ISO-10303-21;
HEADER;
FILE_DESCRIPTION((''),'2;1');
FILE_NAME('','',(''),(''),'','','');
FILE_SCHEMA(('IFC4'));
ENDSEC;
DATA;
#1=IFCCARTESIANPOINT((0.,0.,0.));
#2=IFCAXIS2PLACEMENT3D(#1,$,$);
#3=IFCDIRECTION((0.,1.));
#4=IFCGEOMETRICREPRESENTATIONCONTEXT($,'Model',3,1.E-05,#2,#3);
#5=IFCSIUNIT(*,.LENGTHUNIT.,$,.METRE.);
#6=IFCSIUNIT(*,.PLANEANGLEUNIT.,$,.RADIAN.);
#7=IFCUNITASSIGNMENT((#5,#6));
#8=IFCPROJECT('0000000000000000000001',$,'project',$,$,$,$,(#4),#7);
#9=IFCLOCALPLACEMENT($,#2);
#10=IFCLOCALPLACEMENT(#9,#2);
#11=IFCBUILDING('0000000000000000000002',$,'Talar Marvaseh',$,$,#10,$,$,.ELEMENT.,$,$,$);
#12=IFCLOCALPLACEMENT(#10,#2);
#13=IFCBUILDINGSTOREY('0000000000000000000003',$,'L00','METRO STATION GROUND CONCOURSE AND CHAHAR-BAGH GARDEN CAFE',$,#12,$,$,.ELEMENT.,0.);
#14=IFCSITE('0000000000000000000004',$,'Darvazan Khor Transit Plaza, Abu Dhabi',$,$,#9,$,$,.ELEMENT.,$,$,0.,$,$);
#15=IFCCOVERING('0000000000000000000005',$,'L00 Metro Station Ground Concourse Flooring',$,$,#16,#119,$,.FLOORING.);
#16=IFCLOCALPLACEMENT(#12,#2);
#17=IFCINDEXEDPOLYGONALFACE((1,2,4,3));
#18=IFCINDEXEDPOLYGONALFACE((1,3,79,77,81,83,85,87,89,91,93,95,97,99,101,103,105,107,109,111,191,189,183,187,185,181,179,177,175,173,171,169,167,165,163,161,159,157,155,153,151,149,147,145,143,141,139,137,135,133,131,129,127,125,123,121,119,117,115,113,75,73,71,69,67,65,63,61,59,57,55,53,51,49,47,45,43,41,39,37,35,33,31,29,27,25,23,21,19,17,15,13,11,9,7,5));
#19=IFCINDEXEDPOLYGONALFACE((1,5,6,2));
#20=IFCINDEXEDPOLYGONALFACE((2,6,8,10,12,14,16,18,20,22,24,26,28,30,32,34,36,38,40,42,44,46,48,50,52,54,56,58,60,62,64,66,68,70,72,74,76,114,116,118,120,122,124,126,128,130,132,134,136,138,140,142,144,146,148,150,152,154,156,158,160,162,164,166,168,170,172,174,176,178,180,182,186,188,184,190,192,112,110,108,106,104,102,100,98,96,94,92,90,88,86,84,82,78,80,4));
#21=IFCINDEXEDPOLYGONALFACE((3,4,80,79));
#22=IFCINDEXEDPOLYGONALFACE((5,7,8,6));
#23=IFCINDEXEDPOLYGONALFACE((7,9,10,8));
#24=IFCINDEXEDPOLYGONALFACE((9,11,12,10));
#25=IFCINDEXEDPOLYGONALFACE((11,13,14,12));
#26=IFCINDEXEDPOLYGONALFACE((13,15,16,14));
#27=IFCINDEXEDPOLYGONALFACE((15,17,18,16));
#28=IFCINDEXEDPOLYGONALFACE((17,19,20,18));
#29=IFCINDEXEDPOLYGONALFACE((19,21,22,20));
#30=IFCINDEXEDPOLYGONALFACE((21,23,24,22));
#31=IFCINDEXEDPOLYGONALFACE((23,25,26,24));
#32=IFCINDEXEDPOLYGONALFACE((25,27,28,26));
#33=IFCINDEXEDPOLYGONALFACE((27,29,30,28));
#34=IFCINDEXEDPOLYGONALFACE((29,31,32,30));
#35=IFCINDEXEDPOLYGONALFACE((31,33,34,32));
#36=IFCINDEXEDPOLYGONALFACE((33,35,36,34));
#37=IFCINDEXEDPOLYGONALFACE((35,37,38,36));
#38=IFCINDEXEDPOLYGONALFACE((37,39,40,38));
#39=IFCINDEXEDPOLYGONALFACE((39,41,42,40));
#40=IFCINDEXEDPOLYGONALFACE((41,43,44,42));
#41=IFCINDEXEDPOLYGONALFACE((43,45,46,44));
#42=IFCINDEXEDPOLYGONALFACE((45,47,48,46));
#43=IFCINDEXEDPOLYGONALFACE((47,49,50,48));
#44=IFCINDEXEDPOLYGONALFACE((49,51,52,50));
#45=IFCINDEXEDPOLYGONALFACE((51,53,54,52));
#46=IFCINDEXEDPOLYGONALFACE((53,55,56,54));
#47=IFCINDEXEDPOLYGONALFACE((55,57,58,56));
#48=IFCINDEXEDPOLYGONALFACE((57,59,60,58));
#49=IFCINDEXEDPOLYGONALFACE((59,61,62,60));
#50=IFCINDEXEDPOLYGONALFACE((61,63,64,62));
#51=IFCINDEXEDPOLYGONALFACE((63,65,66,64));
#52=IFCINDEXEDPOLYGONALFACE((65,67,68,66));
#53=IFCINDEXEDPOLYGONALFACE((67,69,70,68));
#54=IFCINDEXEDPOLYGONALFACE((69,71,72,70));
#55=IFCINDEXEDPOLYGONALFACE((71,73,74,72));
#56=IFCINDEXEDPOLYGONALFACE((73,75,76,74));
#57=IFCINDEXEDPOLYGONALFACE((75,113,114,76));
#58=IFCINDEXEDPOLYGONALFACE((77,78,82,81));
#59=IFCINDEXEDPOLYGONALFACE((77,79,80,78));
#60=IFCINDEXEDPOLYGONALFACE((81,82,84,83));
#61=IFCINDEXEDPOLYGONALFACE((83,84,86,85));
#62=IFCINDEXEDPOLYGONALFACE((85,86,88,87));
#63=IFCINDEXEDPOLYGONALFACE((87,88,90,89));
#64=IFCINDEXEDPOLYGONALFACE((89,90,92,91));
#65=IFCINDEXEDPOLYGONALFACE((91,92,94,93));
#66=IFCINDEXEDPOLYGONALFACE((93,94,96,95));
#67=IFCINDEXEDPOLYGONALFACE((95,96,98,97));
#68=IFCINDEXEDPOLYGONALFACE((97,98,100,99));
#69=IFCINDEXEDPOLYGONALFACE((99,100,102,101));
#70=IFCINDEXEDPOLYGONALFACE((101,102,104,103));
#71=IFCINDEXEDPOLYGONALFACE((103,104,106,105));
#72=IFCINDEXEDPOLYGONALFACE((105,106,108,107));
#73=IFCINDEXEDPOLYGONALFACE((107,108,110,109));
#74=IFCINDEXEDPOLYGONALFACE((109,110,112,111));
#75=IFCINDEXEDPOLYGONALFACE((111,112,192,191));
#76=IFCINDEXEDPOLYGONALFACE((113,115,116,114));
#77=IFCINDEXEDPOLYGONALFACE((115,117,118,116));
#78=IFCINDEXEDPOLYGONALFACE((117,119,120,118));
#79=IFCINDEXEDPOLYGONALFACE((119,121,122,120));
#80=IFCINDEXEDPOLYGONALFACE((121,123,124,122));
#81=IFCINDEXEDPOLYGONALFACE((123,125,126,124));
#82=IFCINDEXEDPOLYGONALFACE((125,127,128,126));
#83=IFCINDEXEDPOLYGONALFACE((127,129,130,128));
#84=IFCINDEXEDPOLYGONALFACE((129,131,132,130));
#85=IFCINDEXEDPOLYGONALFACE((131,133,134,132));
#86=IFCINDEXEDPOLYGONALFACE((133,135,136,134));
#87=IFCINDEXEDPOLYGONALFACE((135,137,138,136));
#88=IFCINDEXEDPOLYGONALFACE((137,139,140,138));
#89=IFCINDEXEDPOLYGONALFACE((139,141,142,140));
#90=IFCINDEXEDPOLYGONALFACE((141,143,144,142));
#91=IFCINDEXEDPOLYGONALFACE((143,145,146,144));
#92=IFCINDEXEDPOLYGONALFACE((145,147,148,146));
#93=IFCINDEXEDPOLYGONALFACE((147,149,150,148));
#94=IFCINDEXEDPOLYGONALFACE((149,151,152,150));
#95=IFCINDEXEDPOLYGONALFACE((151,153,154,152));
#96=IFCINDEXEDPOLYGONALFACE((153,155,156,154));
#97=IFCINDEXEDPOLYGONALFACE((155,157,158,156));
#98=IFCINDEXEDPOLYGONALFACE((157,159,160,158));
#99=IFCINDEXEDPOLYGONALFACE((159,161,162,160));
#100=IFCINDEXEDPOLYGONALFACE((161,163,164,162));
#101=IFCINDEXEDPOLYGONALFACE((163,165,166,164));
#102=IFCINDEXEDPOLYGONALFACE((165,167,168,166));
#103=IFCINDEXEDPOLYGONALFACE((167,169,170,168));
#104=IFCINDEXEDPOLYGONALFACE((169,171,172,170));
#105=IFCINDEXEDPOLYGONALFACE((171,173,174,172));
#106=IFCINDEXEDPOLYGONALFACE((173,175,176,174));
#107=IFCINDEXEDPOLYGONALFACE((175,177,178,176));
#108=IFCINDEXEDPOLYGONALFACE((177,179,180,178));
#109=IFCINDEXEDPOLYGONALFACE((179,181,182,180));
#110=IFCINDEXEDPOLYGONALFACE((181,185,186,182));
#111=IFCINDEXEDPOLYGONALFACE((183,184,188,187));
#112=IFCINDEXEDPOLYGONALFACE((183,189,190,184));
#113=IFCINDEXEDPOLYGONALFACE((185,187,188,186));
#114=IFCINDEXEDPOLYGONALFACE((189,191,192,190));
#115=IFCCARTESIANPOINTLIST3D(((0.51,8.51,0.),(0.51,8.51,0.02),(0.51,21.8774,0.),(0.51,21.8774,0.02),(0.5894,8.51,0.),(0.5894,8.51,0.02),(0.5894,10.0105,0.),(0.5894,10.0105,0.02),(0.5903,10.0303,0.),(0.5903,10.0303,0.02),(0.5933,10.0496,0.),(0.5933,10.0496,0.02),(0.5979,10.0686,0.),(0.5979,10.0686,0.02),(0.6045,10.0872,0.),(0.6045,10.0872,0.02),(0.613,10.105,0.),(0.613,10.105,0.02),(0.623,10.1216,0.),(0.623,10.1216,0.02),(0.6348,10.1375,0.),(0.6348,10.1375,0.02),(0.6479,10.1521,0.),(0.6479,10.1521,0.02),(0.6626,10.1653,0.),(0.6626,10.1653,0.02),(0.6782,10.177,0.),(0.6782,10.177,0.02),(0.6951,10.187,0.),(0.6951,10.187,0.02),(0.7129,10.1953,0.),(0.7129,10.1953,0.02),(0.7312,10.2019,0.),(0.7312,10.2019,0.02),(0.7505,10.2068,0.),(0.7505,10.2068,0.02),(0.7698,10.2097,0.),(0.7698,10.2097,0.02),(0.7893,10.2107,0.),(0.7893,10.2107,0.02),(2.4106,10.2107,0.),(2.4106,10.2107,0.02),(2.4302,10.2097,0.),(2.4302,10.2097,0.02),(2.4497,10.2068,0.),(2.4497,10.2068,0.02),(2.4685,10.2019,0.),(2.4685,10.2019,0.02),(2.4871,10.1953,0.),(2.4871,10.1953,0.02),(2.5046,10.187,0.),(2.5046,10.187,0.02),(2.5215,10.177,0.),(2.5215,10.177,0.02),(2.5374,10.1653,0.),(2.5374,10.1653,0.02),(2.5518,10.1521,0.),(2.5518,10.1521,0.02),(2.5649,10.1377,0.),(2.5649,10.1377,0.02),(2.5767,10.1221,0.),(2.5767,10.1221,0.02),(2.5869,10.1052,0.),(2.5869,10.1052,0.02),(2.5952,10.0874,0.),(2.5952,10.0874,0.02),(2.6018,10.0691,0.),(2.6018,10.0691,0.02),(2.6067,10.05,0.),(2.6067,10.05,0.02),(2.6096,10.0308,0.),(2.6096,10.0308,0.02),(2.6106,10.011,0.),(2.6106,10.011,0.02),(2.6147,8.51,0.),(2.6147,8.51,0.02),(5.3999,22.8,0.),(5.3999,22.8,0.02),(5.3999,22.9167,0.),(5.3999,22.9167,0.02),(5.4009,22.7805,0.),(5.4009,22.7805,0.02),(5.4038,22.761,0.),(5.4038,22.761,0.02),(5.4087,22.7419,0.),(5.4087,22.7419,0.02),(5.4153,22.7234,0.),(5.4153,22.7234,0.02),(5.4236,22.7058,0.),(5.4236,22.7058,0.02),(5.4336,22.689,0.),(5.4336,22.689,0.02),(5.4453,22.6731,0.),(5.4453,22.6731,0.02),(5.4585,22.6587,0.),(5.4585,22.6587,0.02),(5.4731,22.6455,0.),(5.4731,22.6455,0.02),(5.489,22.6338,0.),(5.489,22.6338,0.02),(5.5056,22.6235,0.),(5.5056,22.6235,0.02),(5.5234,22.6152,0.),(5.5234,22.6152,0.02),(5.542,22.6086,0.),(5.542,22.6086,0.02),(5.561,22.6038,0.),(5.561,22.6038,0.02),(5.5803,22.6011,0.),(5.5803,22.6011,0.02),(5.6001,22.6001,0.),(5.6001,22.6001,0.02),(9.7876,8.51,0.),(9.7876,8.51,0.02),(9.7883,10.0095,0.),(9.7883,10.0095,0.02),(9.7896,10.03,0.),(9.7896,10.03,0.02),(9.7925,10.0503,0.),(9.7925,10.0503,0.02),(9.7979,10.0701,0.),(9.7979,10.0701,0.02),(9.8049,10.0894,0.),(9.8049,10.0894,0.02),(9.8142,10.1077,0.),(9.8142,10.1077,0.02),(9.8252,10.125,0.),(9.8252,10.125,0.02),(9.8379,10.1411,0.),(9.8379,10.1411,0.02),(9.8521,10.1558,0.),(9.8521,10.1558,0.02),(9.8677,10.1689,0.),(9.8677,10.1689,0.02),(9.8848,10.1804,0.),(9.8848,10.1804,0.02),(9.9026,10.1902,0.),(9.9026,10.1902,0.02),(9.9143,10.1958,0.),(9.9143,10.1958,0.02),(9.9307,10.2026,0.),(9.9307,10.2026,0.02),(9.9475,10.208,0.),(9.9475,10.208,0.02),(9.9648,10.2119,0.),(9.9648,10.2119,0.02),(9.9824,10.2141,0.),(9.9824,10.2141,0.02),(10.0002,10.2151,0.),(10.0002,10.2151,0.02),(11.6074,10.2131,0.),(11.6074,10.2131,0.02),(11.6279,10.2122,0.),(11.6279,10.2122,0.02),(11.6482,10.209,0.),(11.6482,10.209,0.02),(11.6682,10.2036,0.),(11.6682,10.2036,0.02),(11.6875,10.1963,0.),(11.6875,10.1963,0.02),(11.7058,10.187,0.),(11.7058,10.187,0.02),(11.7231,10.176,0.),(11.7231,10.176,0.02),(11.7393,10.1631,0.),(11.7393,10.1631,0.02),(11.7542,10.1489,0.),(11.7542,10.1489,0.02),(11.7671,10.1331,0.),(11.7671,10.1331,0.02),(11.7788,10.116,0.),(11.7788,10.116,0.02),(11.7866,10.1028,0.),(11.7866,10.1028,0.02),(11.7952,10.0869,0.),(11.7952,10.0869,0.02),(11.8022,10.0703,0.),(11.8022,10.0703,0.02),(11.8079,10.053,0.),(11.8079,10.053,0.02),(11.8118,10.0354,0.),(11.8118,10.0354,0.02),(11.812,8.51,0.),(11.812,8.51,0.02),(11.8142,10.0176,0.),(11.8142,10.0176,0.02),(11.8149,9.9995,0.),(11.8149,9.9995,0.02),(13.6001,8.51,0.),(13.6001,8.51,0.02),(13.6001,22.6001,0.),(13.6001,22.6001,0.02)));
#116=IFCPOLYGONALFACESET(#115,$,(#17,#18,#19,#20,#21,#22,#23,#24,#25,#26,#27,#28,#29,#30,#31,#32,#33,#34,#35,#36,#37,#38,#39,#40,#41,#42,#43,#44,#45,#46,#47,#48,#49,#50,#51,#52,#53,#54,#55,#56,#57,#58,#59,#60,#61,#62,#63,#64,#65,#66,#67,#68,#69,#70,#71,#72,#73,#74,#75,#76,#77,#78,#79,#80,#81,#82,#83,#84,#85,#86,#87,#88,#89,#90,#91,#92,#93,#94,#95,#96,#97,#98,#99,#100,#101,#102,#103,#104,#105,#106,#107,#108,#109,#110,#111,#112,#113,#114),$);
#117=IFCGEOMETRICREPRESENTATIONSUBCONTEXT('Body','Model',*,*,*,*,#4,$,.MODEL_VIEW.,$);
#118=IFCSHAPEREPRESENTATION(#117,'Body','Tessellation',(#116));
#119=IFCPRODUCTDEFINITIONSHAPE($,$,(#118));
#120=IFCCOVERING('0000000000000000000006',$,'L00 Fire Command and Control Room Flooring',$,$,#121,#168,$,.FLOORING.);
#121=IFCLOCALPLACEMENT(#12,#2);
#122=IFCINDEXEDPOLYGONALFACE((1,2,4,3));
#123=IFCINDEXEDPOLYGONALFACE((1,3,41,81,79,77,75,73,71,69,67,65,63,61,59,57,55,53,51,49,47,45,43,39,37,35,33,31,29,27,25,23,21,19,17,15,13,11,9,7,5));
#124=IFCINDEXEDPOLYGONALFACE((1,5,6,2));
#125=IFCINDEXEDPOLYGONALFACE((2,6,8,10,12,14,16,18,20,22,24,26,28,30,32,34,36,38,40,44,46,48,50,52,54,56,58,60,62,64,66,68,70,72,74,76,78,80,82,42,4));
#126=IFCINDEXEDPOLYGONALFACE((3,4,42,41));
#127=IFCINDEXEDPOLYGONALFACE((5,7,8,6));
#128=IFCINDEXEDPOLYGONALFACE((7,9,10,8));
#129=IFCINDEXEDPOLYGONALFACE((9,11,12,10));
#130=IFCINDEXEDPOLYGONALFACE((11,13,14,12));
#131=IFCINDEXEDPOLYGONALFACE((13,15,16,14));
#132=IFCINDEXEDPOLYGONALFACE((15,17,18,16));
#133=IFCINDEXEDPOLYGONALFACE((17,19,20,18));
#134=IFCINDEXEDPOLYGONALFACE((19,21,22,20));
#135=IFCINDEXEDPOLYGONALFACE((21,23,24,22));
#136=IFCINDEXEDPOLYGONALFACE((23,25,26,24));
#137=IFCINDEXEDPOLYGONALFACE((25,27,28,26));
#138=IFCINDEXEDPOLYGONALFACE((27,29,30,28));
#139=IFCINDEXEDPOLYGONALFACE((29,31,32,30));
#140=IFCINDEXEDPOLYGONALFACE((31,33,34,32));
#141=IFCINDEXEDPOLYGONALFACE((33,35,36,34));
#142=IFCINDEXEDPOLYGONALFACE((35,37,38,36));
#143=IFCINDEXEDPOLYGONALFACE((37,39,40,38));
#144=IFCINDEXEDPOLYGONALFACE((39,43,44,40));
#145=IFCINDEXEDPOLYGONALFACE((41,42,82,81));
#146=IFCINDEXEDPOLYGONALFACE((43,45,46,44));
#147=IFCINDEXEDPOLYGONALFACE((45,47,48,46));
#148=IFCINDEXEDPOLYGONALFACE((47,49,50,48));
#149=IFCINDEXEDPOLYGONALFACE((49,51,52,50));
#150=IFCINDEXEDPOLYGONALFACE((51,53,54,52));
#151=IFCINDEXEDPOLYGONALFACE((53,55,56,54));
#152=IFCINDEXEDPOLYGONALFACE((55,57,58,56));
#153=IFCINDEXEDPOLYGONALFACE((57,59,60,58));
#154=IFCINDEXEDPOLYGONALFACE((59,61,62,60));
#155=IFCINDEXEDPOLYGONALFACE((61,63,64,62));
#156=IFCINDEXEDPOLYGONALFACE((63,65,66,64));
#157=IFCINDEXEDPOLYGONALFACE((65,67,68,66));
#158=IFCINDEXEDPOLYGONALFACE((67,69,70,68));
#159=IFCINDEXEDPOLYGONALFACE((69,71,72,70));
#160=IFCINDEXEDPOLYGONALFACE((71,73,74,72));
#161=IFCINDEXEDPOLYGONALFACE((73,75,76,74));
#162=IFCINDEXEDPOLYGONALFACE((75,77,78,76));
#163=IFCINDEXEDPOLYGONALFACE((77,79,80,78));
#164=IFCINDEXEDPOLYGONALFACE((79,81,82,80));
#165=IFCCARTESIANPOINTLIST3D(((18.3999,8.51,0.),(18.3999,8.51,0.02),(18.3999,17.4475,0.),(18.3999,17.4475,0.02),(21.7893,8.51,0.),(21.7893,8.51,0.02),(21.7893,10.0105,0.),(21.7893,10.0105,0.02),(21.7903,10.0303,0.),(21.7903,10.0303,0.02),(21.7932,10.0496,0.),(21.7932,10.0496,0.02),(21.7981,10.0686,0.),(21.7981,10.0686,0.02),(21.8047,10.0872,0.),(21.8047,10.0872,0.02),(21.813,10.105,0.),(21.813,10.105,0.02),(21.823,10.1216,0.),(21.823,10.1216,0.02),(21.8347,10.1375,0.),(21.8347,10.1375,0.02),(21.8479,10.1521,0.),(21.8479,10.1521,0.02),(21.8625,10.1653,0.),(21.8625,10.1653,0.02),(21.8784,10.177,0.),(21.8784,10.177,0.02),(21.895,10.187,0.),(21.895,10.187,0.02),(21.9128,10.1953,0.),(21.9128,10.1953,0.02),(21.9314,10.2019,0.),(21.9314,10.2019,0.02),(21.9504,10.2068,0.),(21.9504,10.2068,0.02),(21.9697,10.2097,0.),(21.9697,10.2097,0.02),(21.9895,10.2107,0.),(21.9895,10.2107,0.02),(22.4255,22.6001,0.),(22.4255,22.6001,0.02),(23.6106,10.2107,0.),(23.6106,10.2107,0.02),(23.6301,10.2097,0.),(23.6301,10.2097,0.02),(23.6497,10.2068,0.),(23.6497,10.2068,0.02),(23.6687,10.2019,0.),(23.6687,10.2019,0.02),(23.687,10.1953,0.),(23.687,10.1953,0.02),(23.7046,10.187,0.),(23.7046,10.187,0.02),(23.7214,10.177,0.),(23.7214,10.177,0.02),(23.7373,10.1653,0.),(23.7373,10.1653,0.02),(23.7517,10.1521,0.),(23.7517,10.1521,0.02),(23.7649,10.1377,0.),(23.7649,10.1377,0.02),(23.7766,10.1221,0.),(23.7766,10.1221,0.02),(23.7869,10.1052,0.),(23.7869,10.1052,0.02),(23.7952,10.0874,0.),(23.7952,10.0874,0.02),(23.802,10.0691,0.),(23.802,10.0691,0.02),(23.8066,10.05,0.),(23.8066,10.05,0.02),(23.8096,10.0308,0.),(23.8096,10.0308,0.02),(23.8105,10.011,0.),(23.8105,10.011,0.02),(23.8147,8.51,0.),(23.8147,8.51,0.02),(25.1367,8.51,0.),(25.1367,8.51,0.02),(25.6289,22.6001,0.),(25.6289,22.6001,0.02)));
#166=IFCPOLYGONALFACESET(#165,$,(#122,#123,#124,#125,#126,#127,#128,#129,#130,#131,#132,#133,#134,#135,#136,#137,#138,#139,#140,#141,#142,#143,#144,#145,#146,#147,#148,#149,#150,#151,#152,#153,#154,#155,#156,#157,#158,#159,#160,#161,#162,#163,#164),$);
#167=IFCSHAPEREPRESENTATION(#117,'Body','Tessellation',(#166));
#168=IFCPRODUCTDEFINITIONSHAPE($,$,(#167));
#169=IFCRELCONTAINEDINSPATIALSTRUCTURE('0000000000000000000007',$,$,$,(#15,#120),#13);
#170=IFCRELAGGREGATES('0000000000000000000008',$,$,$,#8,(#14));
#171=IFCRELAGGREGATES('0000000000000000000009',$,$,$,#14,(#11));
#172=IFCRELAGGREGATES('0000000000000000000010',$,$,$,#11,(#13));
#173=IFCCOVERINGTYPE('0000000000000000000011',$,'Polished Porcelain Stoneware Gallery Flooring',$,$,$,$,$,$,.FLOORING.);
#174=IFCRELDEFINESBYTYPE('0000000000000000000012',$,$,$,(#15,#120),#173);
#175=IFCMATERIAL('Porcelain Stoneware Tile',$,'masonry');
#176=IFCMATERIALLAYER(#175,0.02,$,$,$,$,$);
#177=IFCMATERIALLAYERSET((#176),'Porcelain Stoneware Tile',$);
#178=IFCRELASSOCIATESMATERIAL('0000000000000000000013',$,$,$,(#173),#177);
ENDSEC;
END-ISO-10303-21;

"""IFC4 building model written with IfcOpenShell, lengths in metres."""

from ifc_helpers import new_model, si_unit, direction, origin, place, context, subcontext, project, spatial, polyline, outline, extrude, material, layer, layer_set, type_object, element, save


model = new_model("IFC4")

# Units and contexts
model_context = context("Model", 3, precision=1e-05, world=origin(), true_north=direction((0.0, 1.0)))
body_context = subcontext(model_context, "Body", "Model", "MODEL_VIEW")
ifc_project = project(units=[si_unit("LENGTHUNIT", "METRE"), si_unit("PLANEANGLEUNIT", "RADIAN")], contexts=[model_context])

# Site, building, storey
site_placement = place(None, origin())
site = spatial("IfcSite", under=ifc_project, at=site_placement, Name="Darvazan Khor Transit Plaza, Abu Dhabi", CompositionType="ELEMENT", RefElevation=0.0)
building_placement = place(site_placement, origin())
building = spatial("IfcBuilding", under=site, at=building_placement, Name="Talar Marvaseh", CompositionType="ELEMENT")
storey_placement = place(building_placement, origin())
storey = spatial("IfcBuildingStorey", under=building, at=storey_placement, Name="L00", Description="METRO STATION GROUND CONCOURSE AND CHAHAR-BAGH GARDEN CAFE", CompositionType="ELEMENT", Elevation=0.0)

# Coverings
ifc_material_1 = material(Name="Porcelain Stoneware Tile", Category="masonry")
ifc_layer_1 = layer(ifc_material_1, 0.02)
ifc_layer_set_1 = layer_set([ifc_layer_1], Name="Porcelain Stoneware Tile")
covering_type_1 = type_object("IfcCoveringType", Name="Polished Porcelain Stoneware Gallery Flooring", PredefinedType="FLOORING", material=ifc_layer_set_1)
covering_1_placement = place(storey_placement, origin())
element("IfcCovering", 1, at=covering_1_placement, inside=storey, type_object=covering_type_1, Name="L00 Metro Station Ground Concourse Flooring", PredefinedType="FLOORING", context=body_context, shape_type="SweptSolid", body=[
    extrude(outline(polyline([(5.3999, 22.9167), (5.3999, 22.8), (5.4009, 22.7805), (5.4038, 22.761), (5.4087, 22.7419), (5.4153, 22.7234), (5.4236, 22.7058), (5.4336, 22.689), (5.4453, 22.6731), (5.4585, 22.6587), (5.4731, 22.6455), (5.489, 22.6338), (5.5056, 22.6235), (5.5234, 22.6152), (5.542, 22.6086), (5.561, 22.6038), (5.5803, 22.6011), (5.6001, 22.6001), (13.6001, 22.6001), (13.6001, 8.51), (11.812, 8.51), (11.8149, 9.9995), (11.8142, 10.0176), (11.8118, 10.0354), (11.8079, 10.053), (11.8022, 10.0703), (11.7952, 10.0869), (11.7866, 10.1028), (11.7788, 10.116), (11.7671, 10.1331), (11.7542, 10.1489), (11.7393, 10.1631), (11.7231, 10.176), (11.7058, 10.187), (11.6875, 10.1963), (11.6682, 10.2036), (11.6482, 10.209), (11.6279, 10.2122), (11.6074, 10.2131), (10.0002, 10.2151), (9.9824, 10.2141), (9.9648, 10.2119), (9.9475, 10.208), (9.9307, 10.2026), (9.9143, 10.1958), (9.9026, 10.1902), (9.8848, 10.1804), (9.8677, 10.1689), (9.8521, 10.1558), (9.8379, 10.1411), (9.8252, 10.125), (9.8142, 10.1077), (9.8049, 10.0894), (9.7979, 10.0701), (9.7925, 10.0503), (9.7896, 10.03), (9.7883, 10.0095), (9.7876, 8.51), (2.6147, 8.51), (2.6106, 10.011), (2.6096, 10.0308), (2.6067, 10.05), (2.6018, 10.0691), (2.5952, 10.0874), (2.5869, 10.1052), (2.5767, 10.1221), (2.5649, 10.1377), (2.5518, 10.1521), (2.5374, 10.1653), (2.5215, 10.177), (2.5046, 10.187), (2.4871, 10.1953), (2.4685, 10.2019), (2.4497, 10.2068), (2.4302, 10.2097), (2.4106, 10.2107), (0.7893, 10.2107), (0.7698, 10.2097), (0.7505, 10.2068), (0.7312, 10.2019), (0.7129, 10.1953), (0.6951, 10.187), (0.6782, 10.177), (0.6626, 10.1653), (0.6479, 10.1521), (0.6348, 10.1375), (0.623, 10.1216), (0.613, 10.105), (0.6045, 10.0872), (0.5979, 10.0686), (0.5933, 10.0496), (0.5903, 10.0303), (0.5894, 10.0105), (0.5894, 8.51), (0.51, 8.51), (0.51, 21.8774), (5.3999, 22.9167)])), origin(), (0.0, 0.0, 1.0), 0.02),
])
covering_2_placement = place(storey_placement, origin())
element("IfcCovering", 2, at=covering_2_placement, inside=storey, type_object=covering_type_1, Name="L00 Fire Command and Control Room Flooring", PredefinedType="FLOORING", context=body_context, shape_type="SweptSolid", body=[
    extrude(outline(polyline([(18.3999, 17.4475), (22.4255, 22.6001), (25.6289, 22.6001), (25.1367, 8.51), (23.8147, 8.51), (23.8105, 10.011), (23.8096, 10.0308), (23.8066, 10.05), (23.802, 10.0691), (23.7952, 10.0874), (23.7869, 10.1052), (23.7766, 10.1221), (23.7649, 10.1377), (23.7517, 10.1521), (23.7373, 10.1653), (23.7214, 10.177), (23.7046, 10.187), (23.687, 10.1953), (23.6687, 10.2019), (23.6497, 10.2068), (23.6301, 10.2097), (23.6106, 10.2107), (21.9895, 10.2107), (21.9697, 10.2097), (21.9504, 10.2068), (21.9314, 10.2019), (21.9128, 10.1953), (21.895, 10.187), (21.8784, 10.177), (21.8625, 10.1653), (21.8479, 10.1521), (21.8347, 10.1375), (21.823, 10.1216), (21.813, 10.105), (21.8047, 10.0872), (21.7981, 10.0686), (21.7932, 10.0496), (21.7903, 10.0303), (21.7893, 10.0105), (21.7893, 8.51), (18.3999, 8.51), (18.3999, 17.4475)])), origin(), (0.0, 0.0, 1.0), 0.02),
])

save(model, "model.ifc")
